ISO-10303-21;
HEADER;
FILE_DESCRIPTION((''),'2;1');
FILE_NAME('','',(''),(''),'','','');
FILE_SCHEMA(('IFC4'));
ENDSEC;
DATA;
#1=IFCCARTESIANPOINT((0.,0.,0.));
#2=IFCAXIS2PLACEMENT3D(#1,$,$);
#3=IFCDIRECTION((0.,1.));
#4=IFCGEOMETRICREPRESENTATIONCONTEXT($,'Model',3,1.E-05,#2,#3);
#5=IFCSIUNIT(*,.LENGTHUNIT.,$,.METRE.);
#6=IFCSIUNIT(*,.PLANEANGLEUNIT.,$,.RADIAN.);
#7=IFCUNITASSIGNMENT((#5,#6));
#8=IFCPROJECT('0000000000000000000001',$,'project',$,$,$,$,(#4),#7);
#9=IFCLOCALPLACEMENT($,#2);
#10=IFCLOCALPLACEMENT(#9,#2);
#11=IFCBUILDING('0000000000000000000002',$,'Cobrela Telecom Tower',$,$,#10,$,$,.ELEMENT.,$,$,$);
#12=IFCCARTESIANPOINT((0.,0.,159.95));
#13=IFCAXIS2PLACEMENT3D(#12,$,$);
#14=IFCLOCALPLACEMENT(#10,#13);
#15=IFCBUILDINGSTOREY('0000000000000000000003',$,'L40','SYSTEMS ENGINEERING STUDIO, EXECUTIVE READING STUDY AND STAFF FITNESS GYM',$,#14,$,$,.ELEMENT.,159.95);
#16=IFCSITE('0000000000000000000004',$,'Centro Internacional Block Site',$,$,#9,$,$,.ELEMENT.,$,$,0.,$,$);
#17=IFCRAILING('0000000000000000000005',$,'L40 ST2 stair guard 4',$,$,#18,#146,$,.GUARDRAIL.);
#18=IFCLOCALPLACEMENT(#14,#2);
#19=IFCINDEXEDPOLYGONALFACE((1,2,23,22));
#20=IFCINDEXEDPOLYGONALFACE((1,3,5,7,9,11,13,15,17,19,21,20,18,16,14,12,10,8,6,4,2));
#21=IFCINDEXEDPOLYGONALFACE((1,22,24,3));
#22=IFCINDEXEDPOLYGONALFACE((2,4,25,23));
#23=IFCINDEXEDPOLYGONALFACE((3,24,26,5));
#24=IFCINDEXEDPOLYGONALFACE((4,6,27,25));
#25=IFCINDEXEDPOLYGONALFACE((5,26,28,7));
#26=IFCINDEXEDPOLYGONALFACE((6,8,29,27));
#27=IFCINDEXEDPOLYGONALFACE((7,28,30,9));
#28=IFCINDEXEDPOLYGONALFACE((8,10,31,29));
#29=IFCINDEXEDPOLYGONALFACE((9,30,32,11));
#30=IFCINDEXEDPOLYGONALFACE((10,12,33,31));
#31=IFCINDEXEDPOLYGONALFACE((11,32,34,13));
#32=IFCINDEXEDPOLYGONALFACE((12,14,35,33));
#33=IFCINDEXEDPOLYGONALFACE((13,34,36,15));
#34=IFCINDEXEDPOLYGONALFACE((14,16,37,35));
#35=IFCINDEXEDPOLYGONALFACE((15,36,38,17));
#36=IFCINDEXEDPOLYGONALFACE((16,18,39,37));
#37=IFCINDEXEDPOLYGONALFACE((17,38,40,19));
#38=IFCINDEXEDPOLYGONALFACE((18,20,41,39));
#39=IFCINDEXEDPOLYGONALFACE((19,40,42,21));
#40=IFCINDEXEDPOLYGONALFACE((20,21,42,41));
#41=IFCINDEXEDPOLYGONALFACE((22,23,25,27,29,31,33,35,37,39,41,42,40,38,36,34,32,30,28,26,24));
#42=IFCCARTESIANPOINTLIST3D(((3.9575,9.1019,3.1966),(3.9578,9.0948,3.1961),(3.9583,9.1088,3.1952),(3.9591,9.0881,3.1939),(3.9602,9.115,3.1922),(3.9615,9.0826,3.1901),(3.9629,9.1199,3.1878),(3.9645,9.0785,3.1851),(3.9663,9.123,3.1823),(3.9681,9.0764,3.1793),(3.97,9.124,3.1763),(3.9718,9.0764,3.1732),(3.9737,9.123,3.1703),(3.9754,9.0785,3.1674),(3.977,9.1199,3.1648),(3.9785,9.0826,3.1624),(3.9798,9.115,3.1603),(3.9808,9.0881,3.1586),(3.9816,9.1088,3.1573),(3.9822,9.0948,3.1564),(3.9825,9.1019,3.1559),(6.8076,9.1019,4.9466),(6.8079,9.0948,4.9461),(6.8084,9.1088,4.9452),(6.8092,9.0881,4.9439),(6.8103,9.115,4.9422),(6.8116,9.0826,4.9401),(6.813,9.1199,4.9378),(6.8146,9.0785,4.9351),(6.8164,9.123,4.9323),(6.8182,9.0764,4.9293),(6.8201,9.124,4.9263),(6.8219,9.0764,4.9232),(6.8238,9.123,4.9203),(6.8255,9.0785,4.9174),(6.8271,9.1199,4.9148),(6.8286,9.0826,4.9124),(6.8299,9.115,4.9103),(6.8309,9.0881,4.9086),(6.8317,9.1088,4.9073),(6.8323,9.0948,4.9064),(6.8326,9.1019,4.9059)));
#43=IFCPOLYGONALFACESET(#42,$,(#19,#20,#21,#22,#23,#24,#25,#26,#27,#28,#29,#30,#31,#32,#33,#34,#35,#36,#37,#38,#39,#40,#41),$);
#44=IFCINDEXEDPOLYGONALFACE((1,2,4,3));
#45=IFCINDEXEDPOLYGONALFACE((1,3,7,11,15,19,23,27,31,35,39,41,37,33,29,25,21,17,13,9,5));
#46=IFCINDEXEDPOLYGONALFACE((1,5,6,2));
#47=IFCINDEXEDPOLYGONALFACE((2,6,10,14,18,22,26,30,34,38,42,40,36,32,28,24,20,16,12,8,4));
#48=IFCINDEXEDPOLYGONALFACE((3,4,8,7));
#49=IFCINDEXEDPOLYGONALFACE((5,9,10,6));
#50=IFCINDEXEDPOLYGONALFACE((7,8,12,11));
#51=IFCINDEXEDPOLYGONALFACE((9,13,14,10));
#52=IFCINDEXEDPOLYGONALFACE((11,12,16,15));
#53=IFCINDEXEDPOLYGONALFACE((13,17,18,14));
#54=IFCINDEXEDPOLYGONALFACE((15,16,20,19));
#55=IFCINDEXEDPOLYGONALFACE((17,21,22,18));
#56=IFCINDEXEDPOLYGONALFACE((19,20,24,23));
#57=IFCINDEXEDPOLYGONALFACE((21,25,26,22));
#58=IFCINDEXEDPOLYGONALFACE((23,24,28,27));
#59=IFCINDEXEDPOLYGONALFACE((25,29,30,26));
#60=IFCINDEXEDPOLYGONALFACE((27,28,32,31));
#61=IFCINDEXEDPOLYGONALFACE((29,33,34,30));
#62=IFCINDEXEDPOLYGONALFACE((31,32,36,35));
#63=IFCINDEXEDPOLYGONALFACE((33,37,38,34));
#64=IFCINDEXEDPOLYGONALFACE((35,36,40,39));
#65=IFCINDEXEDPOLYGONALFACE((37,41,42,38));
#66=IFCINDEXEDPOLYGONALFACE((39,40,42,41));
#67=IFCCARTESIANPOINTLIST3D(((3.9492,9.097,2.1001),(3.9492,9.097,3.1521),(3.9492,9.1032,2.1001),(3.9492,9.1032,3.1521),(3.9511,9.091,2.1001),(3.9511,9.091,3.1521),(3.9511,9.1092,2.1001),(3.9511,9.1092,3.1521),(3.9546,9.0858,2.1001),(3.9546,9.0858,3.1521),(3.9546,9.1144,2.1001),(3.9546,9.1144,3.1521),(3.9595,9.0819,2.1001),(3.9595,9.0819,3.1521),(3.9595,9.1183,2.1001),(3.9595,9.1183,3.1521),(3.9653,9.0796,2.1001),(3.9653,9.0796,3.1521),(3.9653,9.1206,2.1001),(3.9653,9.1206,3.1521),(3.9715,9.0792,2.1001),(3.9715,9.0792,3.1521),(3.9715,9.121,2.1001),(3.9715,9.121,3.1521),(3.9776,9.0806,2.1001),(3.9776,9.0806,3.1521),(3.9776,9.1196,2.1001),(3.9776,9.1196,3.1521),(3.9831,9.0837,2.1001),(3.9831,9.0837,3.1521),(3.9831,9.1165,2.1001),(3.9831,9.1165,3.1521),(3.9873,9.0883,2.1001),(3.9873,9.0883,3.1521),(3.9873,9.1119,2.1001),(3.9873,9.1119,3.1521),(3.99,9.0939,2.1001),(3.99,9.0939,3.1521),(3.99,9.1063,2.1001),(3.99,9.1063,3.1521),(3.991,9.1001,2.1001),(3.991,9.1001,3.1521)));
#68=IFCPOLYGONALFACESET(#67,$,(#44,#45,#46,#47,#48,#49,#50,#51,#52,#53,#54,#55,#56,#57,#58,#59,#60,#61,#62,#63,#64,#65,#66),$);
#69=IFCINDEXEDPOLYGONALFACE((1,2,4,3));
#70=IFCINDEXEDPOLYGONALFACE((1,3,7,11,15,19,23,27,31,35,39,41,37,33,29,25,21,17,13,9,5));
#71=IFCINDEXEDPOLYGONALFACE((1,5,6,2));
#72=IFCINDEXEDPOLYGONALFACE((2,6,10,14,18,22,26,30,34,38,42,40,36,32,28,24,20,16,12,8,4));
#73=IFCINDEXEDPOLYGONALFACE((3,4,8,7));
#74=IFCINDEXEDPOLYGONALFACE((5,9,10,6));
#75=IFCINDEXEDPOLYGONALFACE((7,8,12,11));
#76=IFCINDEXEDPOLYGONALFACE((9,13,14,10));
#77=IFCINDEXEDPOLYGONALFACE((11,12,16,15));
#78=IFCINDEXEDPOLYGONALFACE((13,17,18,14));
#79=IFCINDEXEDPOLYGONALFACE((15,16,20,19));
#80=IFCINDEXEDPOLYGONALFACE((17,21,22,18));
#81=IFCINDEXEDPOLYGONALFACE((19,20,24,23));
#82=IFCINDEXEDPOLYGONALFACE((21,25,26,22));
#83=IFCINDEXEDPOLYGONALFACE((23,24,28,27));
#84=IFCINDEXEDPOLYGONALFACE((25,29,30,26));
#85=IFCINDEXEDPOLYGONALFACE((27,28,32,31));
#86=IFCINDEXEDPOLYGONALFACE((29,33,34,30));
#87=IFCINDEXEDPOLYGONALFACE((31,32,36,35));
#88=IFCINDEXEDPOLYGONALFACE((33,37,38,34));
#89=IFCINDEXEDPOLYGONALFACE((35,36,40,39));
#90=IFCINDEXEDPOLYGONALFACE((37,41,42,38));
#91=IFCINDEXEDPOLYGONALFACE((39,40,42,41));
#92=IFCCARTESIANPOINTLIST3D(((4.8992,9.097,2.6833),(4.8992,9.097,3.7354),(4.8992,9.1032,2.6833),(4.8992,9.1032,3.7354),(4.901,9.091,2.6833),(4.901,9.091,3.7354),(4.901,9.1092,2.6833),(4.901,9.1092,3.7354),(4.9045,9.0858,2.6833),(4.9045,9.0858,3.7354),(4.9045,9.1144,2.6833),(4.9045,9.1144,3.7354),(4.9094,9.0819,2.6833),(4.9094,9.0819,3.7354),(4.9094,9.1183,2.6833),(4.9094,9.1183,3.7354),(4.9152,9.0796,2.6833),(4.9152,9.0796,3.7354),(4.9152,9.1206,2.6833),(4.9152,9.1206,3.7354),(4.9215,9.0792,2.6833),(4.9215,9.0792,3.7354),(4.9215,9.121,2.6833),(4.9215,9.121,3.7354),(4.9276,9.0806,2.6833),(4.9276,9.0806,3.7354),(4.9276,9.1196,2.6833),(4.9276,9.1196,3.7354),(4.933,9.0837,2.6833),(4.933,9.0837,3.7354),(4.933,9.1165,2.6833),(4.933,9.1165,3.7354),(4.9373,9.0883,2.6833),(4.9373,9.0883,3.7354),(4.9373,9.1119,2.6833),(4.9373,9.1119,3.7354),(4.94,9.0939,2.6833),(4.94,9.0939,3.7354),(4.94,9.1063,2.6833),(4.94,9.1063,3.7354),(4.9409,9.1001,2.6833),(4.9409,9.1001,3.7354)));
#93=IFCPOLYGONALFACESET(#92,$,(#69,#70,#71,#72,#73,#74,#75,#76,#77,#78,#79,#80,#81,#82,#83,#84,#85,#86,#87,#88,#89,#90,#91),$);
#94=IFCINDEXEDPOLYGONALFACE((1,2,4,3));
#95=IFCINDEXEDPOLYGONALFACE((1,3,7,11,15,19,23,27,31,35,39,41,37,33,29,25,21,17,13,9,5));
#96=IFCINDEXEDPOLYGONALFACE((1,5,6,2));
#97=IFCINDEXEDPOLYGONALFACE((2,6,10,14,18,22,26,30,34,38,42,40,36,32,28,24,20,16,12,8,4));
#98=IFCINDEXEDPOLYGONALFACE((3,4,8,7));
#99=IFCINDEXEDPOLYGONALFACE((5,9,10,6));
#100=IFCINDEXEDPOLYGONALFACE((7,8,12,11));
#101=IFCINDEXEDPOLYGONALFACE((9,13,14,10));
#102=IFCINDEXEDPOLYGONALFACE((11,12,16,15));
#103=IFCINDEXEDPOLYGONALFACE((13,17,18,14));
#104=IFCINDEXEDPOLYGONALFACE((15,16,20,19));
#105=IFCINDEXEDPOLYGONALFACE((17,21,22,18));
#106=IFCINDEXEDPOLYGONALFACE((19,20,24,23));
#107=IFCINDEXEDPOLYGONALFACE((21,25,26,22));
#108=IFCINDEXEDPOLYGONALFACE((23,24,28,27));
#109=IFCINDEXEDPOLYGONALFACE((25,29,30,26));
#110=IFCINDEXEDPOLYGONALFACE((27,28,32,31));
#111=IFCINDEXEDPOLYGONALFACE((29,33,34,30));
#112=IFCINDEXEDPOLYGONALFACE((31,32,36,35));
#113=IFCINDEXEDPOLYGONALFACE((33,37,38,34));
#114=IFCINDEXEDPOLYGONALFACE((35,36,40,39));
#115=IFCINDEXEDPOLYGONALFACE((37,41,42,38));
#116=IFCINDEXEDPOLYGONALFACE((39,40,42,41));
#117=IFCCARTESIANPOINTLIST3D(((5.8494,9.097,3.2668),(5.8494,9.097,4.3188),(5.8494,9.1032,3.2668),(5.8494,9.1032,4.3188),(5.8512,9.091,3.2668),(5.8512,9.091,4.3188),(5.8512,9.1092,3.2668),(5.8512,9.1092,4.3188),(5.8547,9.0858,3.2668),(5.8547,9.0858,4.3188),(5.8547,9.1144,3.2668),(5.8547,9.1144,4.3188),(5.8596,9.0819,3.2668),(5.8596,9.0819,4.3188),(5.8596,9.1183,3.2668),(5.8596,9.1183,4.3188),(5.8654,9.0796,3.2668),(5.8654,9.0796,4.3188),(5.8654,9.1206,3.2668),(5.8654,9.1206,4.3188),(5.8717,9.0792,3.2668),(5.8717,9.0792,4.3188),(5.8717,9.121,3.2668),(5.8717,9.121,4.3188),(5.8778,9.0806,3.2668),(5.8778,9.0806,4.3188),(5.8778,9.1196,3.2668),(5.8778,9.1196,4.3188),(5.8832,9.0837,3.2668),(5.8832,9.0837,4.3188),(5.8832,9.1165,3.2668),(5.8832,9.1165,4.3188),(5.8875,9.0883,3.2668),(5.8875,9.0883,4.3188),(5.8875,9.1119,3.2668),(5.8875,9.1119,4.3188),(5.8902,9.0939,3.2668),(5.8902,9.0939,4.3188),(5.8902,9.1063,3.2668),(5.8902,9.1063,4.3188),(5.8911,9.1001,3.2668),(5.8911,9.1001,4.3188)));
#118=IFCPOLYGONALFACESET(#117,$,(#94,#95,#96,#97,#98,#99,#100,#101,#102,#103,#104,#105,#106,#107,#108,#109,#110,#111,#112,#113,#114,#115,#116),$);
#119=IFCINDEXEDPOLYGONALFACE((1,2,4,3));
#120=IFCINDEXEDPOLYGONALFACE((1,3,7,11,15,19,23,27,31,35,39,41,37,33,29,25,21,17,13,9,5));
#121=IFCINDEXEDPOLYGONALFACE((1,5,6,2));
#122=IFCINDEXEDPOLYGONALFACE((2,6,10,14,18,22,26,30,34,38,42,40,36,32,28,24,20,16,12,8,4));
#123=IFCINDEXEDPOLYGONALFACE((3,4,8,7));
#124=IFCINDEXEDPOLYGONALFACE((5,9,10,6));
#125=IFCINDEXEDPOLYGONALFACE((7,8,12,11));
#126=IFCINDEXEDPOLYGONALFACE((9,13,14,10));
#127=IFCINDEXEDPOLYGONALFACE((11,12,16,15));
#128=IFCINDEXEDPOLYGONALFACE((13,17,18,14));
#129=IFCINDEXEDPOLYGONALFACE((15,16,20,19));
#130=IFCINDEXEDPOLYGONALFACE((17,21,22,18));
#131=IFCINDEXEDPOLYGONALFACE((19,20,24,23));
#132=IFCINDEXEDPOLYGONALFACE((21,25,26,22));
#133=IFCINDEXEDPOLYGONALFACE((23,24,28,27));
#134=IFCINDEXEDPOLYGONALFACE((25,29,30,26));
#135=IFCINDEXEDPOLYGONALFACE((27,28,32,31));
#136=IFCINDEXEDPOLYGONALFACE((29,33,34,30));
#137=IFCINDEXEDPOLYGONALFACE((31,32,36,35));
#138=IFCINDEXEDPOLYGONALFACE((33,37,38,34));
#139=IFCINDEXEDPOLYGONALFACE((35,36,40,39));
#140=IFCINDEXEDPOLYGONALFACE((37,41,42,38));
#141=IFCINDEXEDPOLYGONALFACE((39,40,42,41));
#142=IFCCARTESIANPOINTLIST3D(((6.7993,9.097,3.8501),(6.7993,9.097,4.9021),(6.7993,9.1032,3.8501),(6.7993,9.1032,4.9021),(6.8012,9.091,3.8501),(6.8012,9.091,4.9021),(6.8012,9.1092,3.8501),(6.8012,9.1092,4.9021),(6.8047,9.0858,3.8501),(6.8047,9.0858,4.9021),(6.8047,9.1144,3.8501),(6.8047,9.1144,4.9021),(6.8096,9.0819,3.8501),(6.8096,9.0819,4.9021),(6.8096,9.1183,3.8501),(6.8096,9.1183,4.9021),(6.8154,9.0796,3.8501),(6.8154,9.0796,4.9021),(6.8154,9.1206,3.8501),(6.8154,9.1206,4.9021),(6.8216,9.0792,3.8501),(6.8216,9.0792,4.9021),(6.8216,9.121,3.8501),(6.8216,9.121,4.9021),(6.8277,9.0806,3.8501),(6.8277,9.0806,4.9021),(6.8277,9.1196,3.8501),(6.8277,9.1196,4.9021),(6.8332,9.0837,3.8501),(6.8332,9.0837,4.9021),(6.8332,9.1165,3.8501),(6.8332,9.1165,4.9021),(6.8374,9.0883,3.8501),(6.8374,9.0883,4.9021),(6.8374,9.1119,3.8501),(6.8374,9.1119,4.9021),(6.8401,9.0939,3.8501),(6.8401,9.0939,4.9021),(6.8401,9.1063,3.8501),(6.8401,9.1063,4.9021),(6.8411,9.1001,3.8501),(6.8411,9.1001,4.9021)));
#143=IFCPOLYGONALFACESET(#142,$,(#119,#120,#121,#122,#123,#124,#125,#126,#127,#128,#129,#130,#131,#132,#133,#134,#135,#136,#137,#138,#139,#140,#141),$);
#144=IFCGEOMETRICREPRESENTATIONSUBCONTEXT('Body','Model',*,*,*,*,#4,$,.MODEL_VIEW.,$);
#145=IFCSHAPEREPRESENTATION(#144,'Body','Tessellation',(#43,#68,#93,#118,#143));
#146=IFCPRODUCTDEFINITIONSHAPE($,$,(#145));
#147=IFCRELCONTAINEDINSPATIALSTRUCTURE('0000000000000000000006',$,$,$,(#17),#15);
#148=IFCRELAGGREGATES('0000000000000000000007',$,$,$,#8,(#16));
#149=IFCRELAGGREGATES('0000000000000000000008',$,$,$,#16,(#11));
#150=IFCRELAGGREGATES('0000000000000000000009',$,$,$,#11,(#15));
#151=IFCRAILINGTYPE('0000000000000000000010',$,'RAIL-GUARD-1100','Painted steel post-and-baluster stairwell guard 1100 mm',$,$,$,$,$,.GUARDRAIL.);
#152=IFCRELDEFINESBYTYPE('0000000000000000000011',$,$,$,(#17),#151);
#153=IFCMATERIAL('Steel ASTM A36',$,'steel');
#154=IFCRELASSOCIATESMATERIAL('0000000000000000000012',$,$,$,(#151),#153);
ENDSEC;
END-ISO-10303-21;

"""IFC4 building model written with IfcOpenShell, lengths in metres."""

from ifc_helpers import new_model, si_unit, direction, frame, origin, origin_2d, place, context, subcontext, project, spatial, circle, extrude, material, type_object, element, save


model = new_model("IFC4")

# Units and contexts
model_context = context("Model", 3, precision=1e-05, world=origin(), true_north=direction((0.0, 1.0)))
body_context = subcontext(model_context, "Body", "Model", "MODEL_VIEW")
ifc_project = project(units=[si_unit("LENGTHUNIT", "METRE"), si_unit("PLANEANGLEUNIT", "RADIAN")], contexts=[model_context])

# Site, building, storey
site_placement = place(None, origin())
site = spatial("IfcSite", under=ifc_project, at=site_placement, Name="Centro Internacional Block Site", CompositionType="ELEMENT", RefElevation=0.0)
building_placement = place(site_placement, origin())
building = spatial("IfcBuilding", under=site, at=building_placement, Name="Cobrela Telecom Tower", CompositionType="ELEMENT")
storey_placement = place(building_placement, frame((0.0, 0.0, 159.95)))
storey = spatial("IfcBuildingStorey", under=building, at=storey_placement, Name="L40", Description="SYSTEMS ENGINEERING STUDIO, EXECUTIVE READING STUDY AND STAFF FITNESS GYM", CompositionType="ELEMENT", Elevation=159.95)

# Railing
ifc_material_1 = material(Name="Steel ASTM A36", Category="steel")
railing_type_1 = type_object("IfcRailingType", Name="RAIL-GUARD-1100", Description="Painted steel post-and-baluster stairwell guard 1100 mm", PredefinedType="GUARDRAIL", material=ifc_material_1)
railing_1_placement = place(storey_placement, frame((3.97, 9.1001, 2.1001)))
element("IfcRailing", 1, at=railing_1_placement, inside=storey, type_object=railing_type_1, Name="L40 ST2 stair guard 4", PredefinedType="GUARDRAIL", context=body_context, shape_type="SweptSolid", body=[
    extrude(circle(Radius=0.0239, at=origin_2d()), frame((0.0, 0.0, 1.0762), z_axis=(0.852179, 0.0, 0.52325), x_axis=(0.0, 1.0, 0.0)), (0.0, 0.0, 1.0), 3.3445),
    extrude(circle(Radius=0.021, at=origin_2d()), origin(), (0.0, 0.0, 1.0), 1.052),
    extrude(circle(Radius=0.021, at=origin_2d()), frame((0.95, 0.0, 0.5833)), (0.0, 0.0, 1.0), 1.052),
    extrude(circle(Radius=0.021, at=origin_2d()), frame((1.9001, 0.0, 1.1667)), (0.0, 0.0, 1.0), 1.052),
    extrude(circle(Radius=0.021, at=origin_2d()), frame((2.8501, 0.0, 1.75)), (0.0, 0.0, 1.0), 1.052),
])

save(model, "model.ifc")
